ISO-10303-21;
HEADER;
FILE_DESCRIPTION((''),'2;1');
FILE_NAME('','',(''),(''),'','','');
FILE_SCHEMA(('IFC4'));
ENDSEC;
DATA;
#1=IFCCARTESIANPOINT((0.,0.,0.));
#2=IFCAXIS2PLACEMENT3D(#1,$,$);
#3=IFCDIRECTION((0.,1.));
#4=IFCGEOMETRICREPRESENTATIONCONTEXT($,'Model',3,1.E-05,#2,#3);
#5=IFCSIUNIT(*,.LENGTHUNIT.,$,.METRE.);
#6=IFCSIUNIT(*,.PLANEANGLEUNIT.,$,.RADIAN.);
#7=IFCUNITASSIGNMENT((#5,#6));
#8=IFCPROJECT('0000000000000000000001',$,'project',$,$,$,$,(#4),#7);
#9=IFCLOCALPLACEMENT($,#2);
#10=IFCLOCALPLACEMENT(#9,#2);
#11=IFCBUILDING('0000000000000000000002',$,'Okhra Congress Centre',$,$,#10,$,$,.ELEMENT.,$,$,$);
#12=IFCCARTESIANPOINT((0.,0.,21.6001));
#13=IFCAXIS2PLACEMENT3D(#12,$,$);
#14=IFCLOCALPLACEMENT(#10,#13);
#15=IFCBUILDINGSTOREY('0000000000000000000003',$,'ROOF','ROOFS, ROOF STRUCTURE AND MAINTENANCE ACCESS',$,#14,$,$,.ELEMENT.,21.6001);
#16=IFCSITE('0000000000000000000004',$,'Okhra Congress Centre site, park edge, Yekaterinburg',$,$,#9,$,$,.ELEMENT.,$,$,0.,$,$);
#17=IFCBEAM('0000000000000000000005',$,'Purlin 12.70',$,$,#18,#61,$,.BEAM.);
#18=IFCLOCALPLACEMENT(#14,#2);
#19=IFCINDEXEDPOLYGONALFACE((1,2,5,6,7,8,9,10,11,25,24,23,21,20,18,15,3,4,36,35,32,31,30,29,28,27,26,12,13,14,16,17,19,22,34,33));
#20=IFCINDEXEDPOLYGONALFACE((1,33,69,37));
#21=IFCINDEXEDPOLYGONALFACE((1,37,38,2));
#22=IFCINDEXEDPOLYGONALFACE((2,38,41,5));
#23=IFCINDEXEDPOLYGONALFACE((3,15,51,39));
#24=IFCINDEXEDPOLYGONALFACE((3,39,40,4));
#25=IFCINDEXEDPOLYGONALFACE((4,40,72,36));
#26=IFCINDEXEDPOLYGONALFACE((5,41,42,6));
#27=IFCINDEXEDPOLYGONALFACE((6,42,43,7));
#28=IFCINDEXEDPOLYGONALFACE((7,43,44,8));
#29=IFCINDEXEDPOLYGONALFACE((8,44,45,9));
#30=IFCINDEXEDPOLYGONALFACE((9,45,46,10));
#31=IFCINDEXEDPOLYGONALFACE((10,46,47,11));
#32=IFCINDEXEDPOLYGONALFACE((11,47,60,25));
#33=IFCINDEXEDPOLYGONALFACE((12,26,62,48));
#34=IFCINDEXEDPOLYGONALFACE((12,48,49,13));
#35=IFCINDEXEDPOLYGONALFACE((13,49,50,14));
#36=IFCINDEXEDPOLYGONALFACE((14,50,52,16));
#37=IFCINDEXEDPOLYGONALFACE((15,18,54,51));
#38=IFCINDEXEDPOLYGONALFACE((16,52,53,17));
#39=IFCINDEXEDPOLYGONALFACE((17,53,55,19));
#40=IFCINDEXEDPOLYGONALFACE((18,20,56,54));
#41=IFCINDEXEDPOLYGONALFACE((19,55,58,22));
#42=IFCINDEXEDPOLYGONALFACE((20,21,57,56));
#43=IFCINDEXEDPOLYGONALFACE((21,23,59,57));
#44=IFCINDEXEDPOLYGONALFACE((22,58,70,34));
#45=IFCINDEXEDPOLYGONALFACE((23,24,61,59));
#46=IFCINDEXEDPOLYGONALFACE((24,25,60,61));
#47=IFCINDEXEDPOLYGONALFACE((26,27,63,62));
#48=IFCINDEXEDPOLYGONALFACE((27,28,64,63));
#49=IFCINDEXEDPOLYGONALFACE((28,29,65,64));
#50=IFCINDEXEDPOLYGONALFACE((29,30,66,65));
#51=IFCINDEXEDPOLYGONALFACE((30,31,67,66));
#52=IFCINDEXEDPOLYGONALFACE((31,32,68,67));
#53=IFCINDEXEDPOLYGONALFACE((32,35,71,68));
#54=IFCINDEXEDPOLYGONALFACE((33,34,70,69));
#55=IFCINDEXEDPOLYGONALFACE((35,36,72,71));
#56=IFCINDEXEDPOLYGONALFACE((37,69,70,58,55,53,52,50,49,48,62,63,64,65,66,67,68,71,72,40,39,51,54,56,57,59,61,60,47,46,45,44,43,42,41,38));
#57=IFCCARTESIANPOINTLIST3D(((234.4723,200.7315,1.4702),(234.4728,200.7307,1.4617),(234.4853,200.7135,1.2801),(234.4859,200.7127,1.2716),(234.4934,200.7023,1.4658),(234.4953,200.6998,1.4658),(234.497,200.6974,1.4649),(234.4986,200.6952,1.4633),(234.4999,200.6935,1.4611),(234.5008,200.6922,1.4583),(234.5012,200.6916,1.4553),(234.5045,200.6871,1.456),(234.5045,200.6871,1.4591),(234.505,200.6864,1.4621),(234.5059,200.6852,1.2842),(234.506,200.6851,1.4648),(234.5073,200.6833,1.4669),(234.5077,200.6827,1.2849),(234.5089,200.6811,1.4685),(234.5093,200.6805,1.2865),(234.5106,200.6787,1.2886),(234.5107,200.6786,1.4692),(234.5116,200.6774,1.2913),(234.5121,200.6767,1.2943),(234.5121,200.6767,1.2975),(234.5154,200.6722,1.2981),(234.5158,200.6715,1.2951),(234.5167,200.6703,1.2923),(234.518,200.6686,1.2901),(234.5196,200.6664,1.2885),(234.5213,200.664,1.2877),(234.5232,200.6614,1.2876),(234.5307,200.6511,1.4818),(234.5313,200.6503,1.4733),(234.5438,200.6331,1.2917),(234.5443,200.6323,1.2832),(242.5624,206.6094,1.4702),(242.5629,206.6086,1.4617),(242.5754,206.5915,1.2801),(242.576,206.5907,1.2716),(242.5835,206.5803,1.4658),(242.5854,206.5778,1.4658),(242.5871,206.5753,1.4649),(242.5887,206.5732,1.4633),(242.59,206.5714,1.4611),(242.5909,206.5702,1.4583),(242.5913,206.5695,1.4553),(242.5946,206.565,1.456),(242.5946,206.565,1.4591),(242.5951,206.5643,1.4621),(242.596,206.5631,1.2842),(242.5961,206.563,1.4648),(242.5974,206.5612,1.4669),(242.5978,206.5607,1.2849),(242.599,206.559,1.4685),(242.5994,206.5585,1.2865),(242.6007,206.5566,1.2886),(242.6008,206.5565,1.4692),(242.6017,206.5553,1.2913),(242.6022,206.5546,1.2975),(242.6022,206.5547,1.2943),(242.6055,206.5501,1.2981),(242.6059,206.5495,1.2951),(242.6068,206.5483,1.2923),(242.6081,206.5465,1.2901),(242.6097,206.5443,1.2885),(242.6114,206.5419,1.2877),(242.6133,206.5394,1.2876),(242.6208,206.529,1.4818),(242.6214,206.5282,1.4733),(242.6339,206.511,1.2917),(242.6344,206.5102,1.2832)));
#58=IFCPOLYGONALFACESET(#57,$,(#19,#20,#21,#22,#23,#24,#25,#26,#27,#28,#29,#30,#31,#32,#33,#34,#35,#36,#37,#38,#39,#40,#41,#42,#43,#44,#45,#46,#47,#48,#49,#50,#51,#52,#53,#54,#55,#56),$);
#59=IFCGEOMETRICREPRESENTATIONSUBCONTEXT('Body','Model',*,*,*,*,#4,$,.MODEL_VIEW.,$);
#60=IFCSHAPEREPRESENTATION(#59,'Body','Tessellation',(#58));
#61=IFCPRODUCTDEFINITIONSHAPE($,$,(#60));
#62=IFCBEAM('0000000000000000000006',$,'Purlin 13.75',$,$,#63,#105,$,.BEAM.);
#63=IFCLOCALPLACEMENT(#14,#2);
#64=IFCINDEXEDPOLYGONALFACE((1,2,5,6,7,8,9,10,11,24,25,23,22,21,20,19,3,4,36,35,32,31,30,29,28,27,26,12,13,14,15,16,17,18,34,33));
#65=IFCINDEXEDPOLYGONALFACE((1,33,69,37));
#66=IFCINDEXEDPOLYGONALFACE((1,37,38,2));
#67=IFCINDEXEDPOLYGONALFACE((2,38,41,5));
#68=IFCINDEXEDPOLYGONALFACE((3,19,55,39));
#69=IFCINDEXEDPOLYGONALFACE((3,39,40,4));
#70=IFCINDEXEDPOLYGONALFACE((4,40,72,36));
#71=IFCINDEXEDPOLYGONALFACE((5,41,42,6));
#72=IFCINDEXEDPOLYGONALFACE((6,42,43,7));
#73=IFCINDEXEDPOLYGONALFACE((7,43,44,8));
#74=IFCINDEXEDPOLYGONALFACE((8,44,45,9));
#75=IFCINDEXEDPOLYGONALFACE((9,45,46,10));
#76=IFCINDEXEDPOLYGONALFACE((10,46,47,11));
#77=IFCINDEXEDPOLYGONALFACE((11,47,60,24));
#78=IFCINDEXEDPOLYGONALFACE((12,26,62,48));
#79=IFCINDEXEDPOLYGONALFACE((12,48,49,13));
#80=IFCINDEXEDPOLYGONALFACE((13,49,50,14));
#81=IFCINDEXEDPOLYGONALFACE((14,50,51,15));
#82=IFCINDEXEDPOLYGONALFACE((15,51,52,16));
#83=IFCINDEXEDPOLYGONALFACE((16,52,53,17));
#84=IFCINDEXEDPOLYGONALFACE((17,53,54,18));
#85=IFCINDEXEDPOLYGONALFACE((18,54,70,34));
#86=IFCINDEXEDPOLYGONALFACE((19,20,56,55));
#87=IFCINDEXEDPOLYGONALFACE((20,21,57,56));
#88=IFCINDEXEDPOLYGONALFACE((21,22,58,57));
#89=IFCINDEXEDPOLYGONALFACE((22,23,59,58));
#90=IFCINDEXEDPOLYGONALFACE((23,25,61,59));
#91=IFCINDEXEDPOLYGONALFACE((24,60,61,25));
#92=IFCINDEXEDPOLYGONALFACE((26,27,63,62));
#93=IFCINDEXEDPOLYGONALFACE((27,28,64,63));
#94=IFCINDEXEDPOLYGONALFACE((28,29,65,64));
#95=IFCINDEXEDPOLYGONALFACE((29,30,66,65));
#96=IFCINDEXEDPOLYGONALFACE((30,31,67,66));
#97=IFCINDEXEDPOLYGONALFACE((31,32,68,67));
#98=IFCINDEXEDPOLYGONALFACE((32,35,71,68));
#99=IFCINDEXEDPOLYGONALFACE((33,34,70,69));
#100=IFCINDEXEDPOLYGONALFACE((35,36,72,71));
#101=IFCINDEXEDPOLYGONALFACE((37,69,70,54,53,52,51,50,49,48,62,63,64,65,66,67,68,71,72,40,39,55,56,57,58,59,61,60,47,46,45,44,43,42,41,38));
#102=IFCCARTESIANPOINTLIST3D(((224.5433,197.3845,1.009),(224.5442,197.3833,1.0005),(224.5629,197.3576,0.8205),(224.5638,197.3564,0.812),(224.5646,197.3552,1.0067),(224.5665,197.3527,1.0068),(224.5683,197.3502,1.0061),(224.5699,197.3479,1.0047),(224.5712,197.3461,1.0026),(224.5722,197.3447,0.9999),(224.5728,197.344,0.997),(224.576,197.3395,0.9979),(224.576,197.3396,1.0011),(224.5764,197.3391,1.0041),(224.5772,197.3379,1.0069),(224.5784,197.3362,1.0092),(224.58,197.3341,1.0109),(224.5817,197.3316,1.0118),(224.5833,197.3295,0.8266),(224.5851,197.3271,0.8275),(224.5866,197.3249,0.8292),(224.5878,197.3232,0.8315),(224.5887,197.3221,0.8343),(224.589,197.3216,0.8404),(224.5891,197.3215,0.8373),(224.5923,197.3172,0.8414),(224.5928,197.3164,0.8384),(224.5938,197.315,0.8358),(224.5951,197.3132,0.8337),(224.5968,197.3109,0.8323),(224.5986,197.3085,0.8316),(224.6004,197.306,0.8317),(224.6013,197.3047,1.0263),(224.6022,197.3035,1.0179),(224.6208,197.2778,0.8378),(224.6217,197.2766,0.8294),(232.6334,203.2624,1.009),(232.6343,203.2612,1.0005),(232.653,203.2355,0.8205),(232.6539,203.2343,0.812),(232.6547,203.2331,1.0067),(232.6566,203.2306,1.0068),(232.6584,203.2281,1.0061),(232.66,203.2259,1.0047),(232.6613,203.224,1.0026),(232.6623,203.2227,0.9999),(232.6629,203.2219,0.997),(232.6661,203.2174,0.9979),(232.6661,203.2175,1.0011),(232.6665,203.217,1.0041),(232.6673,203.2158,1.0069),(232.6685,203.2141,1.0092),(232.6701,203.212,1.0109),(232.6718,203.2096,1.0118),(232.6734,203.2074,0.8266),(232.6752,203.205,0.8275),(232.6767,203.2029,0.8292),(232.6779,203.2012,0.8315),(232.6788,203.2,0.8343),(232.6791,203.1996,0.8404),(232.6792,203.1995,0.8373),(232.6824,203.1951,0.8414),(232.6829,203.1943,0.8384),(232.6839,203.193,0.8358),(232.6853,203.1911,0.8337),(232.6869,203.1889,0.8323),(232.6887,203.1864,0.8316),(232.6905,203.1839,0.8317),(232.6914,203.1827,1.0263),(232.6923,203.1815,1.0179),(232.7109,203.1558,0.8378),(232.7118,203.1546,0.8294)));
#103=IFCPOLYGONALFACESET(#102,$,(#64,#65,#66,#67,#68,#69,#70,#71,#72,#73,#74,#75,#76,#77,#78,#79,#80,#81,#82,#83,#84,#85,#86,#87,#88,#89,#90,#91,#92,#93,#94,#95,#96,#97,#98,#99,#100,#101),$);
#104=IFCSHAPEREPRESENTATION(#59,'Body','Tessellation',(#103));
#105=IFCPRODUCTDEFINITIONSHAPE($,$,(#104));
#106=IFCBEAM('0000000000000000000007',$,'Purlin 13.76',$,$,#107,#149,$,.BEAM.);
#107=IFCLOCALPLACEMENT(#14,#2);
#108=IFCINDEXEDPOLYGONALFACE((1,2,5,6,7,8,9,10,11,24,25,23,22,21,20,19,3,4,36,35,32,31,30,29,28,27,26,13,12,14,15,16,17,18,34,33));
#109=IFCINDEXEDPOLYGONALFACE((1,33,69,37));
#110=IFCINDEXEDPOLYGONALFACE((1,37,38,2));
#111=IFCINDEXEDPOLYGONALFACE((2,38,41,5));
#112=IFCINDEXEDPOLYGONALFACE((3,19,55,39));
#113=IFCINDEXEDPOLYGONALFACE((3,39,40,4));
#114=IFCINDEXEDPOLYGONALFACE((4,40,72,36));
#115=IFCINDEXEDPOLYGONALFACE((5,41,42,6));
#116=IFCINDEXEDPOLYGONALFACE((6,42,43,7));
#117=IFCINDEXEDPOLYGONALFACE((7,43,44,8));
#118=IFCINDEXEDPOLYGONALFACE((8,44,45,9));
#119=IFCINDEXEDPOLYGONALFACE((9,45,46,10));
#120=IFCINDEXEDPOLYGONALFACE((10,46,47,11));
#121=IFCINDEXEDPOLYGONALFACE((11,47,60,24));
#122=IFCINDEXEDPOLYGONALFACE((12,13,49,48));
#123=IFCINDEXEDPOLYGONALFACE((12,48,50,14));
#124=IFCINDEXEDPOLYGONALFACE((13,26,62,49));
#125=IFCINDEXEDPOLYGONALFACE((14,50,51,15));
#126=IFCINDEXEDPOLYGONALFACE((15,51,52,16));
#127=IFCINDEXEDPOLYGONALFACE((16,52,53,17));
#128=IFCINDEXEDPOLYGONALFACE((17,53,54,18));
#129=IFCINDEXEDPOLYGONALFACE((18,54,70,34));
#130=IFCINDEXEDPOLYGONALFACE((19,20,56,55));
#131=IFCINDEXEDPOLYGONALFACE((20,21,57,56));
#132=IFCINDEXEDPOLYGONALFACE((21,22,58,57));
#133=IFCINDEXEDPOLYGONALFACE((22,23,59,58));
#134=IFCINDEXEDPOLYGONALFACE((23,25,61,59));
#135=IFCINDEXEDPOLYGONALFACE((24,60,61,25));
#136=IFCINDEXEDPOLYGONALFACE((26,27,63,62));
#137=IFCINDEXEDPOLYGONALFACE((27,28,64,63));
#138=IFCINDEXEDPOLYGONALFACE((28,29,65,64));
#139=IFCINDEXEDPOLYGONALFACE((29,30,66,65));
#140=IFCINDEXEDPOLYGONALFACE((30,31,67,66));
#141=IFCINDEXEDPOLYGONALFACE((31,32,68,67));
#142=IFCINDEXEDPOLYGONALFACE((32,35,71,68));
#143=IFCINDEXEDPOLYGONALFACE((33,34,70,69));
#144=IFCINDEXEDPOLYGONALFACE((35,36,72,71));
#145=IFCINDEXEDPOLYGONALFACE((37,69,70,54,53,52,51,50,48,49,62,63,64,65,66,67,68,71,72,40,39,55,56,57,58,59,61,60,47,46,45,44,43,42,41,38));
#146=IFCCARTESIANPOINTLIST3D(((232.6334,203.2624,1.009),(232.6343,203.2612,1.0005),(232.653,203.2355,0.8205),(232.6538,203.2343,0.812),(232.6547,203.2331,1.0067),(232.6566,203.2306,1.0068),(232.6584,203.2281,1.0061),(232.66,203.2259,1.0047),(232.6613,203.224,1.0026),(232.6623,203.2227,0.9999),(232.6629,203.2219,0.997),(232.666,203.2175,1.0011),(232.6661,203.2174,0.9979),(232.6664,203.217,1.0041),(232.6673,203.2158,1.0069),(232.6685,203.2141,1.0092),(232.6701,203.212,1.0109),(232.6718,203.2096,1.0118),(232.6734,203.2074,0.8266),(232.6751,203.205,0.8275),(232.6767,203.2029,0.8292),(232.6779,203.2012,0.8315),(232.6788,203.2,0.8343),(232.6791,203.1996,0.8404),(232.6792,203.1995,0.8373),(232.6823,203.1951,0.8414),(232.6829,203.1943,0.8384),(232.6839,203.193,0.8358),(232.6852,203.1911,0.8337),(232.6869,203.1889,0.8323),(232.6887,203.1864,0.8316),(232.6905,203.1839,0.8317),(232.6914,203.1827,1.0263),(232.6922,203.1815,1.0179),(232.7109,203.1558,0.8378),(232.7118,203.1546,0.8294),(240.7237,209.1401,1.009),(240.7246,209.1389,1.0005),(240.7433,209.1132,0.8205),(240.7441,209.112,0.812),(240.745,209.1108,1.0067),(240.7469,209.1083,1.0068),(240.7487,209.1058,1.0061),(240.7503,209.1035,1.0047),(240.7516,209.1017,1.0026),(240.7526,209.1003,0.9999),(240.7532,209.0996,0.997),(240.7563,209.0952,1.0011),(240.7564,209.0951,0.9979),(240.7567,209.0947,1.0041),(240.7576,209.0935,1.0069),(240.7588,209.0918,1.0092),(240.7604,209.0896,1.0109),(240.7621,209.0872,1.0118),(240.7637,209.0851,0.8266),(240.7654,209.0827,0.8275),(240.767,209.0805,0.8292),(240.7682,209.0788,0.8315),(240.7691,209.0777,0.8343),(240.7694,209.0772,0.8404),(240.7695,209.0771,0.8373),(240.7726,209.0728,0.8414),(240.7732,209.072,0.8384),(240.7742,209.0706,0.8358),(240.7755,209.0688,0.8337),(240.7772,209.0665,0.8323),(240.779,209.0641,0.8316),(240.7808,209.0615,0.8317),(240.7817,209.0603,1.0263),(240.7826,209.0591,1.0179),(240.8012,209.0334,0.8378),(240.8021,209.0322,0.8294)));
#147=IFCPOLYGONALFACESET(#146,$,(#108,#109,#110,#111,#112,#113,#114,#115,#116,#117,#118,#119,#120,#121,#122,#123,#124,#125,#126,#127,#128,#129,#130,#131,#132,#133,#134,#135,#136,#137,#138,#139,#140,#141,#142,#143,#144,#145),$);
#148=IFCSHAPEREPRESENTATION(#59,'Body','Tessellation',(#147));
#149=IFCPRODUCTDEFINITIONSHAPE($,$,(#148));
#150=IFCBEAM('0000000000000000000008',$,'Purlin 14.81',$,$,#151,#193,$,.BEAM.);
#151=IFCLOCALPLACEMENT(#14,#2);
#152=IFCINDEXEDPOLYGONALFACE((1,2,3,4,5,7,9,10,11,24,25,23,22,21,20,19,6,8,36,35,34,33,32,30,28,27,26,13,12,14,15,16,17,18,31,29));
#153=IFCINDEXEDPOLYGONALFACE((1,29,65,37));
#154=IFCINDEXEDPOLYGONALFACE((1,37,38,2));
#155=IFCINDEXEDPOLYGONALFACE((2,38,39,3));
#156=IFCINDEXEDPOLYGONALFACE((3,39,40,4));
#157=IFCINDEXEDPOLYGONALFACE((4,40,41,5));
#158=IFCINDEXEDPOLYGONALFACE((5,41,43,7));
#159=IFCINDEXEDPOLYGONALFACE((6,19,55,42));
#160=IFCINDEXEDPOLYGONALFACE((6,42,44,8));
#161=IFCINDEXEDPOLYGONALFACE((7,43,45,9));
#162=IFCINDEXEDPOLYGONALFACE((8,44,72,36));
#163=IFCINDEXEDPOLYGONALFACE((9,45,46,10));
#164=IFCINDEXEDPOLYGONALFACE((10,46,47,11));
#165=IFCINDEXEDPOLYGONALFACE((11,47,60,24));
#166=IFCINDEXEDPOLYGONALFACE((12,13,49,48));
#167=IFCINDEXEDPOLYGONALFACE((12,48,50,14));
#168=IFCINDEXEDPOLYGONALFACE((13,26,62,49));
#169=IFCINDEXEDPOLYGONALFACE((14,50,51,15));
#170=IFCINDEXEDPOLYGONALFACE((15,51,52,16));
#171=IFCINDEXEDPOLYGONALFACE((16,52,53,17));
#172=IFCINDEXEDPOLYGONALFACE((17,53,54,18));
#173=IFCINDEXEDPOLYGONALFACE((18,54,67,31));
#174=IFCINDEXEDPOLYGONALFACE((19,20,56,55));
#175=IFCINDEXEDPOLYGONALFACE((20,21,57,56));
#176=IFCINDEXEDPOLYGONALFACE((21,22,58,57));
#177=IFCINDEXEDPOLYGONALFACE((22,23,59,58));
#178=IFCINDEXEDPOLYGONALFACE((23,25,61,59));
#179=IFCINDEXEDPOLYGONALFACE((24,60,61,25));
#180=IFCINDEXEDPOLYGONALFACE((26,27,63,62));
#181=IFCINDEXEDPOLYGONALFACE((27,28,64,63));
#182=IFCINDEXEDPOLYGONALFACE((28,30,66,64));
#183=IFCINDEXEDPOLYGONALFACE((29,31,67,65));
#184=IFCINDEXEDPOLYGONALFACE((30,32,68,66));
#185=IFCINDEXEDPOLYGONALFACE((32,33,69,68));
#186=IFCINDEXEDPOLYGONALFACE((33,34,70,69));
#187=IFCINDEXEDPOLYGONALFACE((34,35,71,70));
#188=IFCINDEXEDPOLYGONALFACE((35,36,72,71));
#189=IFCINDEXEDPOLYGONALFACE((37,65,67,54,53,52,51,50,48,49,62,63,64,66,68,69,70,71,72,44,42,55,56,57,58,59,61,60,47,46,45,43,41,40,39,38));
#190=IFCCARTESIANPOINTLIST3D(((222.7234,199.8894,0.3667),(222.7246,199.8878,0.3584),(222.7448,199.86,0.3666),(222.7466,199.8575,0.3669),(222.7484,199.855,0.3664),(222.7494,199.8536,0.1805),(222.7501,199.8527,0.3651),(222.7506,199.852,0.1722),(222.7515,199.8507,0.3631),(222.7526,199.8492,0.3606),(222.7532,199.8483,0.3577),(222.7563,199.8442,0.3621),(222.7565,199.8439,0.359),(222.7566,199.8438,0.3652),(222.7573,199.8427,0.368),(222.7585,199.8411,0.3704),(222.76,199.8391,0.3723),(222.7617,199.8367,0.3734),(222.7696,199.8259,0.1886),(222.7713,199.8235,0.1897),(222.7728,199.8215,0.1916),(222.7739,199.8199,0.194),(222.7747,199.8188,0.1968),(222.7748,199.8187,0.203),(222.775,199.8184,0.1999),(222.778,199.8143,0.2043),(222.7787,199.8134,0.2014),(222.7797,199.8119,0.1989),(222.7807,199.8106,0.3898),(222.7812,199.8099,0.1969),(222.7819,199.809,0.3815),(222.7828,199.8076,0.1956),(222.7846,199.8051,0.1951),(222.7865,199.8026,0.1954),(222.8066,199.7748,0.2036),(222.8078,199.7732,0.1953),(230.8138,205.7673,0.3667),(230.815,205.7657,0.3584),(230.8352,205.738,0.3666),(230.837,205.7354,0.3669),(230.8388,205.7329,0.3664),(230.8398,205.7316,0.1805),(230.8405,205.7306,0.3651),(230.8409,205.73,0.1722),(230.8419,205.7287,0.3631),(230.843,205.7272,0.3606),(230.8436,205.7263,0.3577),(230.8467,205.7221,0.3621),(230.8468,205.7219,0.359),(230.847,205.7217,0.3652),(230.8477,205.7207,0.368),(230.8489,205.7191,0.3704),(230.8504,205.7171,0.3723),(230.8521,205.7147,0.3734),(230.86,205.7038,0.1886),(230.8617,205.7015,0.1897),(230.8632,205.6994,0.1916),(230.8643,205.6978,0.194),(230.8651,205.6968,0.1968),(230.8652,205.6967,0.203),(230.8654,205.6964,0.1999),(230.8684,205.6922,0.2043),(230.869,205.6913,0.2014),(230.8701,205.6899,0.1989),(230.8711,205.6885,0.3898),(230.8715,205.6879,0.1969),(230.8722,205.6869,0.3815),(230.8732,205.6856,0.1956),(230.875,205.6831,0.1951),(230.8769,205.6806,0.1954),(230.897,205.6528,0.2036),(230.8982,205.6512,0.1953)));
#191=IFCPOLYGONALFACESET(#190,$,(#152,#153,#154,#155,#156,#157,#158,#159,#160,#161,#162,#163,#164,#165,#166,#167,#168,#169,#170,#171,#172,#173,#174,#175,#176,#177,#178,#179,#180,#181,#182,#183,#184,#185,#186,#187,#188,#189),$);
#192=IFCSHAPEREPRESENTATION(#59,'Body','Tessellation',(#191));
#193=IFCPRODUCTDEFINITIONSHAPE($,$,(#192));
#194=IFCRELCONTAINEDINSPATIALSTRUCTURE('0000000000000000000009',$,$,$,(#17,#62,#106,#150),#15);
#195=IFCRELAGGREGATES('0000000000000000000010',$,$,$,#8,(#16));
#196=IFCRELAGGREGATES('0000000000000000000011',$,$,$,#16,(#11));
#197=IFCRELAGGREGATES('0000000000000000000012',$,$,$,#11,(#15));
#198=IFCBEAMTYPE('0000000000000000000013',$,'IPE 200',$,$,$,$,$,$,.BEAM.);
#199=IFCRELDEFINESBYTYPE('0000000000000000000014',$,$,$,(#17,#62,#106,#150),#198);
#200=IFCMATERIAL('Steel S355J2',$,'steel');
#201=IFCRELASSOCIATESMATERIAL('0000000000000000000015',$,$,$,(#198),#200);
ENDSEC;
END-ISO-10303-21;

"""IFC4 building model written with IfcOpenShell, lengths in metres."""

from ifc_helpers import new_model, si_unit, direction, frame, origin, origin_2d, place, context, subcontext, project, spatial, i_section, extrude, material, material_profile, profile_set, type_object, element, save


model = new_model("IFC4")

# Units and contexts
model_context = context("Model", 3, precision=1e-05, world=origin(), true_north=direction((0.0, 1.0)))
body_context = subcontext(model_context, "Body", "Model", "MODEL_VIEW")
ifc_project = project(units=[si_unit("LENGTHUNIT", "METRE"), si_unit("PLANEANGLEUNIT", "RADIAN")], contexts=[model_context])

# Site, building, storey
site_placement = place(None, origin())
site = spatial("IfcSite", under=ifc_project, at=site_placement, Name="Okhra Congress Centre site, park edge, Yekaterinburg", CompositionType="ELEMENT", RefElevation=0.0)
building_placement = place(site_placement, origin())
building = spatial("IfcBuilding", under=site, at=building_placement, Name="Okhra Congress Centre", CompositionType="ELEMENT")
storey_placement = place(building_placement, frame((0.0, 0.0, 21.6001)))
storey = spatial("IfcBuildingStorey", under=building, at=storey_placement, Name="ROOF", Description="ROOFS, ROOF STRUCTURE AND MAINTENANCE ACCESS", CompositionType="ELEMENT", Elevation=21.6001)

# Beams
ifc_material_1 = material(Name="Steel S355J2", Category="steel")
ifc_material_profile_1 = material_profile(ifc_material_1, i_section(OverallWidth=0.1001, OverallDepth=0.2, WebThickness=0.0056, FlangeThickness=0.0085, FilletRadius=0.012, at=origin_2d()), Name="IPE 200")
ifc_profile_set_1 = profile_set([ifc_material_profile_1], Name="Steel S355J2")
beam_type = type_object("IfcBeamType", Name="IPE 200", PredefinedType="BEAM", material=ifc_profile_set_1)
for number, where, z_axis, x_axis, name in (
    (1, (234.5083, 200.6819, 1.3767), (0.80901, 0.587794, 0.0), (-0.58382, 0.80354, -0.116093), "Purlin 12.70"),
    (2, (224.5825, 197.3306, 0.9192), (0.80901, 0.587794, 0.0), (-0.578864, 0.79672, -0.173648), "Purlin 13.75"),
    (3, (232.6726, 203.2085, 0.9192), (0.809031, 0.587767, 0.0), (-0.578837, 0.79674, -0.173648), "Purlin 13.76"),
):
    element("IfcBeam", number, at=place(storey_placement, frame(where, z_axis=z_axis, x_axis=x_axis)), inside=storey, type_object=beam_type, Name=name, PredefinedType="BEAM", context=body_context, shape_type="SweptSolid", body=[
        extrude(i_section(OverallWidth=0.1001, OverallDepth=0.2, WebThickness=0.0056, FlangeThickness=0.0085, FilletRadius=0.012, at=origin_2d()), origin(), (0.0, 0.0, 1.0), 10.0),
    ])
beam_1_placement = place(storey_placement, frame((222.7656, 199.8313, 0.281), z_axis=(0.809019, 0.587783, 0.0), x_axis=(-0.571939, 0.787212, -0.230616)))
element("IfcBeam", 4, at=beam_1_placement, inside=storey, type_object=beam_type, Name="Purlin 14.81", PredefinedType="BEAM", context=body_context, shape_type="SweptSolid", body=[
    extrude(i_section(OverallWidth=0.1001, OverallDepth=0.2, WebThickness=0.0056, FlangeThickness=0.0085, FilletRadius=0.012, at=origin_2d()), origin(), (0.0, 0.0, 1.0), 10.0002),
])

save(model, "model.ifc")
